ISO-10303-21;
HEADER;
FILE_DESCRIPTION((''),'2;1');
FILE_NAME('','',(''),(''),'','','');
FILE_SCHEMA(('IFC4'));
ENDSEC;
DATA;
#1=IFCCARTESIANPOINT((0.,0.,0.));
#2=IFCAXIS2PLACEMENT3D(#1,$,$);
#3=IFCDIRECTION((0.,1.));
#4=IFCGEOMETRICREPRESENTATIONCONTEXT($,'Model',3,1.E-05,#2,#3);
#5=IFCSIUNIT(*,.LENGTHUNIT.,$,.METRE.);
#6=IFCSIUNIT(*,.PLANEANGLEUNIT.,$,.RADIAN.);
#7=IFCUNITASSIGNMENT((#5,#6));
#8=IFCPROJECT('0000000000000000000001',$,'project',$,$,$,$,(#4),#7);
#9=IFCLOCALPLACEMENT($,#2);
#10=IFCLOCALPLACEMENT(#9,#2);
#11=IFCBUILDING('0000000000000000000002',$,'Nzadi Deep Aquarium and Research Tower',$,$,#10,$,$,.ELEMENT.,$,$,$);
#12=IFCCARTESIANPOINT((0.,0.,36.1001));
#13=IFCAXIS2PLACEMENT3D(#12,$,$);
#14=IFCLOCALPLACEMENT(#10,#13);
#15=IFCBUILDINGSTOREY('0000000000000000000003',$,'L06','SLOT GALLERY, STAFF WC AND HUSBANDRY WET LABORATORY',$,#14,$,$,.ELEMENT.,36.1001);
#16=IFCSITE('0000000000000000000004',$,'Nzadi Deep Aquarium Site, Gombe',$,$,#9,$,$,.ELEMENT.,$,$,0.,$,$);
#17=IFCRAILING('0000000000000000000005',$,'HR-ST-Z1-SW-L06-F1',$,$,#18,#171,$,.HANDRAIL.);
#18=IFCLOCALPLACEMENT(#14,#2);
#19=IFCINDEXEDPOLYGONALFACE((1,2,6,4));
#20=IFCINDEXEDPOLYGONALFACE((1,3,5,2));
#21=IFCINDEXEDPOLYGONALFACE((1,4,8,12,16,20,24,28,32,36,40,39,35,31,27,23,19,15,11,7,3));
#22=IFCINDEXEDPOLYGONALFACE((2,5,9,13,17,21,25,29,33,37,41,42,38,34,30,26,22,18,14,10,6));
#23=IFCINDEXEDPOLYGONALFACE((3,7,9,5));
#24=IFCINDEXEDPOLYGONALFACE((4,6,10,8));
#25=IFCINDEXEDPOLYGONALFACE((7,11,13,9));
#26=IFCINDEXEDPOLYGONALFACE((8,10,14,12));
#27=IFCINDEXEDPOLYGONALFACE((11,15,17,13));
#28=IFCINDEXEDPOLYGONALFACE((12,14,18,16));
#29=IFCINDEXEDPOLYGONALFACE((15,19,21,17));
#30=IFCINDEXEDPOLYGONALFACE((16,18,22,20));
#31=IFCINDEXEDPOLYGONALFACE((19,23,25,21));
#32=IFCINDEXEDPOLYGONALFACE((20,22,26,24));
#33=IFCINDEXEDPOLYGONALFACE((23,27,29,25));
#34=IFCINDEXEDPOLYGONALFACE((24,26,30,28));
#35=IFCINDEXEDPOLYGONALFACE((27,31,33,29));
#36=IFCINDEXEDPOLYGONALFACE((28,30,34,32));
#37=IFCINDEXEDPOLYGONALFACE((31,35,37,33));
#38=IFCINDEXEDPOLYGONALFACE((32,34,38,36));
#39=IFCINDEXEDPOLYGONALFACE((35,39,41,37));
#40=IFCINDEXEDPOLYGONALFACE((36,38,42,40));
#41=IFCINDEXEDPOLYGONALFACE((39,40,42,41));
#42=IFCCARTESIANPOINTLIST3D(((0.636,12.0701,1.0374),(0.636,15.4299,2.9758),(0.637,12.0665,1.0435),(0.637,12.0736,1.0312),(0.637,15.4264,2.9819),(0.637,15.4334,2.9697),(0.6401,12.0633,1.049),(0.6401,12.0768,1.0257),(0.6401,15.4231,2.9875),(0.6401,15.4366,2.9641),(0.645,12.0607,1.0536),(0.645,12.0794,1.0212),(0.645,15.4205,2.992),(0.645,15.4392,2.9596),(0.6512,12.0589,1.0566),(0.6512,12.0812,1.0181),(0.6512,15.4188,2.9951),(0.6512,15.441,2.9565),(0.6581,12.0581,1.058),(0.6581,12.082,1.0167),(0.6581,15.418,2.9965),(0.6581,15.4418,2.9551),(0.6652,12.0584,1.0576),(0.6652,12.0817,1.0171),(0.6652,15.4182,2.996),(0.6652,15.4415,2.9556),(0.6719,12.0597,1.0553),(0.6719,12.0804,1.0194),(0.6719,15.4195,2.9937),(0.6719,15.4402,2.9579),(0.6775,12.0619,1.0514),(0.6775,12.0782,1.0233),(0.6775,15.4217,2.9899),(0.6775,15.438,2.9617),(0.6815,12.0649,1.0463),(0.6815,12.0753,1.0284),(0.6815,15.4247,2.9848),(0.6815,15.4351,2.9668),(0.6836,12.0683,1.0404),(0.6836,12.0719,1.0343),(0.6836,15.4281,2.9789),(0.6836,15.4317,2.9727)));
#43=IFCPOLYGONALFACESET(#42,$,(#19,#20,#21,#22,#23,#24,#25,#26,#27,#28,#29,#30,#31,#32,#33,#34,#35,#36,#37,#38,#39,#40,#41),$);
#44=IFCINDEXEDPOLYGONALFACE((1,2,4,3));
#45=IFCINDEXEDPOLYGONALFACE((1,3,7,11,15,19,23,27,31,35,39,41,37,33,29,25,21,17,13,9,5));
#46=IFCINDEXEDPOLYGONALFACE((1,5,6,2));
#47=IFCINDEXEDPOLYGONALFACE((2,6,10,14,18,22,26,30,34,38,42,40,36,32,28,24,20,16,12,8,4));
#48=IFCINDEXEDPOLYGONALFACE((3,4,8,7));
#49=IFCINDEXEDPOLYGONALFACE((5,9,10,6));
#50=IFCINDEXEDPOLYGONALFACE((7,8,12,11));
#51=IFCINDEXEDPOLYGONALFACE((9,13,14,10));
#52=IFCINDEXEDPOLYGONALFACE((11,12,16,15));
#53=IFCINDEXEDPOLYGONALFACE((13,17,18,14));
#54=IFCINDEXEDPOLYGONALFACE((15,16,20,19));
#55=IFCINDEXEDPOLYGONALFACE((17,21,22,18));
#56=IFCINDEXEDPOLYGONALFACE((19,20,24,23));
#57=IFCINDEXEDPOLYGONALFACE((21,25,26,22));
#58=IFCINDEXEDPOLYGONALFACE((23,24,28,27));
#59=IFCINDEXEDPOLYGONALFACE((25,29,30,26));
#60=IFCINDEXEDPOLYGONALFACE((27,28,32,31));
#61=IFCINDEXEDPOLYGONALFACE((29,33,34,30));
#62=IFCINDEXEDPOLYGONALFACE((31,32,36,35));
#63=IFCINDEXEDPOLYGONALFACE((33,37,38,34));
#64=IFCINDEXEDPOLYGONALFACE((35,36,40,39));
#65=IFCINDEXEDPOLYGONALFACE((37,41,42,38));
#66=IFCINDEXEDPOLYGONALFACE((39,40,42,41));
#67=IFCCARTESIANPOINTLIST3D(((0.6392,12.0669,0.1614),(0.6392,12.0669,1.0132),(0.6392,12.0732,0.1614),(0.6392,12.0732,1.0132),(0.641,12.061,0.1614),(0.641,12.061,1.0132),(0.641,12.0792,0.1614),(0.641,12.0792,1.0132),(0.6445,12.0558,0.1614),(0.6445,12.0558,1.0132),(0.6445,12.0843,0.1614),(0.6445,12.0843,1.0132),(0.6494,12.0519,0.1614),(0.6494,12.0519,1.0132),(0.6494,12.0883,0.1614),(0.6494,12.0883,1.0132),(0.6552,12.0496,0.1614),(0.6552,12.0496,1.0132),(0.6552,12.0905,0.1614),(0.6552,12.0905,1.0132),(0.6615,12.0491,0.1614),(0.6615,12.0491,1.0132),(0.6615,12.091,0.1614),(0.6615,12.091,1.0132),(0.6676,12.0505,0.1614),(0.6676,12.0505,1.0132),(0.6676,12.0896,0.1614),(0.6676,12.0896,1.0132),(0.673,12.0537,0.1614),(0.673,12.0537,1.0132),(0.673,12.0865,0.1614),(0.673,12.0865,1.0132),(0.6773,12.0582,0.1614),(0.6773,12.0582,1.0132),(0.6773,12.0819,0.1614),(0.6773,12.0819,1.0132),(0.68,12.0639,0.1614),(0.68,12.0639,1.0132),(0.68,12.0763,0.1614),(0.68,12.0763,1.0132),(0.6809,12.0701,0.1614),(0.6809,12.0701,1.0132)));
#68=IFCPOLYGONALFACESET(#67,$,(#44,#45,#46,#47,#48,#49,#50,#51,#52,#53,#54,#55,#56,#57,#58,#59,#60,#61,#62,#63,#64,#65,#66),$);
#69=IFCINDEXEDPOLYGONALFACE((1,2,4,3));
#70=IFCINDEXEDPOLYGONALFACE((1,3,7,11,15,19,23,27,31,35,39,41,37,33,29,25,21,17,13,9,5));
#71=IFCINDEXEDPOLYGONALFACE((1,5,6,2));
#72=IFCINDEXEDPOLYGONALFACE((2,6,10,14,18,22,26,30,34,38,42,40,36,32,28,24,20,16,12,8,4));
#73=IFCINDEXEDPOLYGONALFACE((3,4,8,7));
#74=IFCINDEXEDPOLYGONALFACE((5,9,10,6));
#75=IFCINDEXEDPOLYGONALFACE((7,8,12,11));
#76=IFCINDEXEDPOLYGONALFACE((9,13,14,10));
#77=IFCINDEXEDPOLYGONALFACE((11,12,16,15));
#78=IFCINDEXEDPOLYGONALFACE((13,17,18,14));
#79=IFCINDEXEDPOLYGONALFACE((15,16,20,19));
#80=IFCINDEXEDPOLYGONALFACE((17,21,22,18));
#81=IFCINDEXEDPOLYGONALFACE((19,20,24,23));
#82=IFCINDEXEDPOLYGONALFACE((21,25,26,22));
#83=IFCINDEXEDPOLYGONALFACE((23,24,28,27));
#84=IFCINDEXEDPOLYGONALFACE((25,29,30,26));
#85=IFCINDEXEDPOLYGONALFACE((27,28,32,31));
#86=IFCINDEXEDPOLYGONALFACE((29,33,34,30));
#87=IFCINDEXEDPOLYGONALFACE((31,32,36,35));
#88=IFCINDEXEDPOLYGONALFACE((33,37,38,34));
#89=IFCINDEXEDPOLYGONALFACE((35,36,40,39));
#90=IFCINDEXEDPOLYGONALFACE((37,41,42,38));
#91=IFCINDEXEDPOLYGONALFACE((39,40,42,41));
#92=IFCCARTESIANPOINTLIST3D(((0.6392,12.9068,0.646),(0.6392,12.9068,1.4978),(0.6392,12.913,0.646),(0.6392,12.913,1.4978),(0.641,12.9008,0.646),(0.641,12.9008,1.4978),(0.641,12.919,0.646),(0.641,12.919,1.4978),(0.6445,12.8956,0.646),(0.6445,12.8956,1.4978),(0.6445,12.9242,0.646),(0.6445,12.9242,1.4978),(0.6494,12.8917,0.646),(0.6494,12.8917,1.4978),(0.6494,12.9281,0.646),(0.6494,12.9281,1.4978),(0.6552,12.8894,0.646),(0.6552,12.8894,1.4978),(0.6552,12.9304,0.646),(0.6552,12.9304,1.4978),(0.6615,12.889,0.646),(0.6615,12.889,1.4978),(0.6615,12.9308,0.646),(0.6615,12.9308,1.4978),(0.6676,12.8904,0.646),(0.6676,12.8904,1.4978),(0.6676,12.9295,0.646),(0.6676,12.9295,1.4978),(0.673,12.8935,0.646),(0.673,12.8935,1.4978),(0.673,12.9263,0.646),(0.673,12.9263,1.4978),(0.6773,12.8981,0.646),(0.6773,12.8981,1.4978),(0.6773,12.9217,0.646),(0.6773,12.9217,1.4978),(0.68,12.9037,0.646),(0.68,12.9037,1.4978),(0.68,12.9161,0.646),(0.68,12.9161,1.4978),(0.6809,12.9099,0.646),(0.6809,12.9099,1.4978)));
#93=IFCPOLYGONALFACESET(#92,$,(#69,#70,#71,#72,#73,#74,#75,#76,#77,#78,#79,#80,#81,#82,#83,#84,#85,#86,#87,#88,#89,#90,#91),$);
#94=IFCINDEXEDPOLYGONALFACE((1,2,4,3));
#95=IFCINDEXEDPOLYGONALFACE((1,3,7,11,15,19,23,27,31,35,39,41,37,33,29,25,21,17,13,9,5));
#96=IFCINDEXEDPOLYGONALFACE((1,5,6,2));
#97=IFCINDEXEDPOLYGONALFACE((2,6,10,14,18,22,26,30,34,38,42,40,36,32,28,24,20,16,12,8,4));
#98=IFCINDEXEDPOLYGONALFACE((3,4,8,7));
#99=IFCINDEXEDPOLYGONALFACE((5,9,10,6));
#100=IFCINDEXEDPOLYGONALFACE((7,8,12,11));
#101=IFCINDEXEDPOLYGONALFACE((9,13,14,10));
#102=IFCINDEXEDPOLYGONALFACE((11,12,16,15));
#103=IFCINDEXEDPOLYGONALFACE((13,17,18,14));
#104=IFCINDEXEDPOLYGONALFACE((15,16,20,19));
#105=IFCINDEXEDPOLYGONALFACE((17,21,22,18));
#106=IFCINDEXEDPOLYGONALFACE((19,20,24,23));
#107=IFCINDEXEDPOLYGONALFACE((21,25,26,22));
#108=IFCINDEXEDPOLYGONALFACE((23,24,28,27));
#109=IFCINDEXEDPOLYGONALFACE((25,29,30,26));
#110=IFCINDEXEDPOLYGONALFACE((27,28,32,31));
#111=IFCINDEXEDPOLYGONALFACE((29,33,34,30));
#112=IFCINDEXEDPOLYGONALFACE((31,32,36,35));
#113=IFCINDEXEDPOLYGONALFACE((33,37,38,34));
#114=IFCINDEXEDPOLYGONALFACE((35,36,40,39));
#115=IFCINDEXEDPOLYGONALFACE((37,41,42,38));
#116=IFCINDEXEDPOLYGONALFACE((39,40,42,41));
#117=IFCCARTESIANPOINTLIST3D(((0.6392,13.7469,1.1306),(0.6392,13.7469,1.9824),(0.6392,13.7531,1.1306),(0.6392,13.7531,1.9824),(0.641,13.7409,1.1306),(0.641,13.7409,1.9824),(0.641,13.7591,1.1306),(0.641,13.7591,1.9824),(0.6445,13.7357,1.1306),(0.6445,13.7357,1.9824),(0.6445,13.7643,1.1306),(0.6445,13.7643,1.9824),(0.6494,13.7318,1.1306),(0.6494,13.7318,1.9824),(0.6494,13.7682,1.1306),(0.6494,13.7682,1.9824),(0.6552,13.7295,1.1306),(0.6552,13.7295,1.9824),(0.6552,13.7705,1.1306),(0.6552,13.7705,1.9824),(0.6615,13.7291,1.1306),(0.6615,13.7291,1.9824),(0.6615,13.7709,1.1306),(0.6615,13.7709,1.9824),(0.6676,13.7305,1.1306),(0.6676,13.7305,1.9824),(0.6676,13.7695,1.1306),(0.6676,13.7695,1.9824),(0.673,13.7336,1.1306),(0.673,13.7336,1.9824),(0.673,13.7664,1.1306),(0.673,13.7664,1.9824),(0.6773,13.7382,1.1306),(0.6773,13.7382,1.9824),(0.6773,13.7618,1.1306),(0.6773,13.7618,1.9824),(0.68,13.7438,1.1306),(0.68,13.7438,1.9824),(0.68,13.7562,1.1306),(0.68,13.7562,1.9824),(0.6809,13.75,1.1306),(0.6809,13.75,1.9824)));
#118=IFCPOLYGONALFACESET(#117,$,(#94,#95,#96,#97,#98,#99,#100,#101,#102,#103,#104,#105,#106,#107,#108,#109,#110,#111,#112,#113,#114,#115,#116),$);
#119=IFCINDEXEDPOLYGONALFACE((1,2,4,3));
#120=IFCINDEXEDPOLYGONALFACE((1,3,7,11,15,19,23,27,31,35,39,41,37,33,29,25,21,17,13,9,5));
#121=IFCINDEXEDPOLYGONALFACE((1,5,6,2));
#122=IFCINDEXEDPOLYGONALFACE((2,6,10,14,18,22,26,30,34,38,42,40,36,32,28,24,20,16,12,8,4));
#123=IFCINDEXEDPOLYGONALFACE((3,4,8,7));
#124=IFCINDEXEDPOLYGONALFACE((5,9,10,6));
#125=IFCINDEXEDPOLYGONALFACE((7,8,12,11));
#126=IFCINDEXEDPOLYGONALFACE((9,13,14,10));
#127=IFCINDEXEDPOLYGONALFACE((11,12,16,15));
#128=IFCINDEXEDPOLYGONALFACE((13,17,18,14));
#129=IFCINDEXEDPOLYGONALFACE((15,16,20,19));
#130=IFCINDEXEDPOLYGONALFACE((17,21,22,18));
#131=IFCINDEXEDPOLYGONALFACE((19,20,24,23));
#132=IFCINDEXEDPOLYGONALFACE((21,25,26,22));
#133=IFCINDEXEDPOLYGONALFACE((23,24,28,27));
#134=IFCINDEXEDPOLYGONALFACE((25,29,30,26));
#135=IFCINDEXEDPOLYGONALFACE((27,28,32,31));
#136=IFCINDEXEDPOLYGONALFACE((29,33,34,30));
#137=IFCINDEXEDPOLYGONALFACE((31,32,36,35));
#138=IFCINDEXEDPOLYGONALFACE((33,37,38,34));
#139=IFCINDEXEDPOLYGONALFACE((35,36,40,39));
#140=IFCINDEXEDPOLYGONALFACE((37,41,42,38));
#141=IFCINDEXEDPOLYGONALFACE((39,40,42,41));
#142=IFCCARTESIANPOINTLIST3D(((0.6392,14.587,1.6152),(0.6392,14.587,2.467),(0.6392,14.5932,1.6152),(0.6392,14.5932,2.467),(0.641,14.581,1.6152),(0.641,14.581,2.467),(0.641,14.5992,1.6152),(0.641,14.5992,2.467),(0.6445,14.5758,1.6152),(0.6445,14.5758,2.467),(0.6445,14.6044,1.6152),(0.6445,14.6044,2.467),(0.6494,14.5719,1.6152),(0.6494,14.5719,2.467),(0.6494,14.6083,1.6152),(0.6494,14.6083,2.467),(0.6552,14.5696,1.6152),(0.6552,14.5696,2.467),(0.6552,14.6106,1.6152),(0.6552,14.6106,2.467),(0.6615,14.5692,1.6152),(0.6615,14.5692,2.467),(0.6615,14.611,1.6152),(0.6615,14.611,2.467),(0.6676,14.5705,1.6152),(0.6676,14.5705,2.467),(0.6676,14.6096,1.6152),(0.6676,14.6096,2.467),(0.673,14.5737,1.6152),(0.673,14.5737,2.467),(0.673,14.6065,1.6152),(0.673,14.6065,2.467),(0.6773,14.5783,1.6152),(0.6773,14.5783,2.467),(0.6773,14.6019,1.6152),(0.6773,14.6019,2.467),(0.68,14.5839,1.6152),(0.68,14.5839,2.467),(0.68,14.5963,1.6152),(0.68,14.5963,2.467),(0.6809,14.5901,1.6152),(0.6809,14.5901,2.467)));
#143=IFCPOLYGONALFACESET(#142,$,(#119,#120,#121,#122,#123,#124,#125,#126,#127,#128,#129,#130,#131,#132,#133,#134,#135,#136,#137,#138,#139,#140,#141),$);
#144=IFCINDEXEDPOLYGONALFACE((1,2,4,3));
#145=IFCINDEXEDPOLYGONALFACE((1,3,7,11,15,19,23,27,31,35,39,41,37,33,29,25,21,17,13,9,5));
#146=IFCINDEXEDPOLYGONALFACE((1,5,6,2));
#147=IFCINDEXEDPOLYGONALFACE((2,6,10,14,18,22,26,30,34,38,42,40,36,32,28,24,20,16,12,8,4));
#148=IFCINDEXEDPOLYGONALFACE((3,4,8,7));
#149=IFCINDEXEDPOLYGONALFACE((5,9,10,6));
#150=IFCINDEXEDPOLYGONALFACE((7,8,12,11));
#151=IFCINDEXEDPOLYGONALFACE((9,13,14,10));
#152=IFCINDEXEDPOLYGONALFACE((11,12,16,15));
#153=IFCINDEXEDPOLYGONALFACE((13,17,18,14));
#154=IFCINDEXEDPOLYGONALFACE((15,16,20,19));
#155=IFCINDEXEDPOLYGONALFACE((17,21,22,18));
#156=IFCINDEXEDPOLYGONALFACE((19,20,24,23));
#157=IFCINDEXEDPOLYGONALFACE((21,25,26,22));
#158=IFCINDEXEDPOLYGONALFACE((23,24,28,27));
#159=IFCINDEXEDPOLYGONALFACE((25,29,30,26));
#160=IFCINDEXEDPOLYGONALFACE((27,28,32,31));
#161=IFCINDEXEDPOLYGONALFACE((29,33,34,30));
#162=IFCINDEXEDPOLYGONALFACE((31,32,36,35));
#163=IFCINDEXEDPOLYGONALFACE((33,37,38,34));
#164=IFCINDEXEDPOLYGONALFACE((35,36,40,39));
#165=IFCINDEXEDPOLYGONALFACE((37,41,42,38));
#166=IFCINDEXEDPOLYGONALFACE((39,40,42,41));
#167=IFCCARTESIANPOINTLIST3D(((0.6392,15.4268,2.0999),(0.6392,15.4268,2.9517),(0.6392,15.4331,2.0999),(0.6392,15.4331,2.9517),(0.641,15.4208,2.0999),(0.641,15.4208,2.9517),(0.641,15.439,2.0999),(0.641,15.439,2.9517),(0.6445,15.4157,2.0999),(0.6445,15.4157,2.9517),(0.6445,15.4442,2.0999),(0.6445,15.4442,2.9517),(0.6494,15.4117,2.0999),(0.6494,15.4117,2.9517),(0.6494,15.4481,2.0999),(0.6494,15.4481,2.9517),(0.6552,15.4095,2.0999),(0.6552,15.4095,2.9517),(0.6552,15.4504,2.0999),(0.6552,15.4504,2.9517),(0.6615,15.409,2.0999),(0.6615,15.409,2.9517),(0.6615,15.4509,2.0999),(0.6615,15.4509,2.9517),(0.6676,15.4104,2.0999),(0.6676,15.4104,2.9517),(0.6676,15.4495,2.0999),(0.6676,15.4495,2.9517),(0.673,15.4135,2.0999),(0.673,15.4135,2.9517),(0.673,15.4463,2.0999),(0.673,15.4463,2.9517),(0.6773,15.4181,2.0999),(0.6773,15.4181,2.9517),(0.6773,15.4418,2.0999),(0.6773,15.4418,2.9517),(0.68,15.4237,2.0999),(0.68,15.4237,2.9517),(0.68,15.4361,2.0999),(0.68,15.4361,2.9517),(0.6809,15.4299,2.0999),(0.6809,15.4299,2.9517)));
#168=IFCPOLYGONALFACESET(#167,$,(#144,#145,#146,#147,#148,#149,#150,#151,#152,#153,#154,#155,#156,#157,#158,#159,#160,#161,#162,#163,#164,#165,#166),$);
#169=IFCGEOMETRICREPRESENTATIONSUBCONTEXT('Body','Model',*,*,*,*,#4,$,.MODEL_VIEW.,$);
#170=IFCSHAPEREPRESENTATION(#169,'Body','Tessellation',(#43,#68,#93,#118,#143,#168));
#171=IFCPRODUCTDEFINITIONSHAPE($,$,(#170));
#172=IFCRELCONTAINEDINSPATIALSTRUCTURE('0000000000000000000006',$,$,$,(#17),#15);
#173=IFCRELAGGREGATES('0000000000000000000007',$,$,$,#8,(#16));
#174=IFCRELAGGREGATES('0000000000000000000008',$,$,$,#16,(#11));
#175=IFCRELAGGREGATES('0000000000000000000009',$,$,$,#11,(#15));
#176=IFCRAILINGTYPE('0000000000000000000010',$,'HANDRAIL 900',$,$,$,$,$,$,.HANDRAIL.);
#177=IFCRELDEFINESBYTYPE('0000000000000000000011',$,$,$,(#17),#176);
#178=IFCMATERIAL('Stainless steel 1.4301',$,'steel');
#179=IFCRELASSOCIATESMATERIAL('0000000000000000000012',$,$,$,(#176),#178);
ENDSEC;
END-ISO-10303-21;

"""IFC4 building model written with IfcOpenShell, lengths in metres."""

from ifc_helpers import new_model, si_unit, direction, frame, origin, origin_2d, place, context, subcontext, project, spatial, circle, extrude, material, type_object, element, save


model = new_model("IFC4")

# Units and contexts
model_context = context("Model", 3, precision=1e-05, world=origin(), true_north=direction((0.0, 1.0)))
body_context = subcontext(model_context, "Body", "Model", "MODEL_VIEW")
ifc_project = project(units=[si_unit("LENGTHUNIT", "METRE"), si_unit("PLANEANGLEUNIT", "RADIAN")], contexts=[model_context])

# Site, building, storey
site_placement = place(None, origin())
site = spatial("IfcSite", under=ifc_project, at=site_placement, Name="Nzadi Deep Aquarium Site, Gombe", CompositionType="ELEMENT", RefElevation=0.0)
building_placement = place(site_placement, origin())
building = spatial("IfcBuilding", under=site, at=building_placement, Name="Nzadi Deep Aquarium and Research Tower", CompositionType="ELEMENT")
storey_placement = place(building_placement, frame((0.0, 0.0, 36.1001)))
storey = spatial("IfcBuildingStorey", under=building, at=storey_placement, Name="L06", Description="SLOT GALLERY, STAFF WC AND HUSBANDRY WET LABORATORY", CompositionType="ELEMENT", Elevation=36.1001)

# Railing
ifc_material_1 = material(Name="Stainless steel 1.4301", Category="steel")
railing_type = type_object("IfcRailingType", Name="HANDRAIL 900", PredefinedType="HANDRAIL", material=ifc_material_1)
for number, where, name in (
    (1, (0.6599, 12.0701, 0.1614), "HR-ST-Z1-SW-L06-F1"),
):
    element("IfcRailing", number, at=place(storey_placement, frame(where)), inside=storey, type_object=railing_type, Name=name, PredefinedType="HANDRAIL", context=body_context, shape_type="SweptSolid", body=[
        extrude(circle(Radius=0.0239, at=origin_2d()), frame((0.0, 0.0, 0.876), z_axis=(0.0, 0.866175, 0.499741), x_axis=(-1.0, 0.0, 0.0)), (0.0, 0.0, 1.0), 3.8789),
        extrude(circle(Radius=0.021, at=origin_2d()), origin(), (0.0, 0.0, 1.0), 0.8518),
        extrude(circle(Radius=0.021, at=origin_2d()), frame((0.0, 0.8398, 0.4846)), (0.0, 0.0, 1.0), 0.8518),
        extrude(circle(Radius=0.021, at=origin_2d()), frame((0.0, 1.6799, 0.9692)), (0.0, 0.0, 1.0), 0.8518),
        extrude(circle(Radius=0.021, at=origin_2d()), frame((0.0, 2.52, 1.4539)), (0.0, 0.0, 1.0), 0.8518),
        extrude(circle(Radius=0.021, at=origin_2d()), frame((0.0, 3.3599, 1.9385)), (0.0, 0.0, 1.0), 0.8518),
    ])

save(model, "model.ifc")
